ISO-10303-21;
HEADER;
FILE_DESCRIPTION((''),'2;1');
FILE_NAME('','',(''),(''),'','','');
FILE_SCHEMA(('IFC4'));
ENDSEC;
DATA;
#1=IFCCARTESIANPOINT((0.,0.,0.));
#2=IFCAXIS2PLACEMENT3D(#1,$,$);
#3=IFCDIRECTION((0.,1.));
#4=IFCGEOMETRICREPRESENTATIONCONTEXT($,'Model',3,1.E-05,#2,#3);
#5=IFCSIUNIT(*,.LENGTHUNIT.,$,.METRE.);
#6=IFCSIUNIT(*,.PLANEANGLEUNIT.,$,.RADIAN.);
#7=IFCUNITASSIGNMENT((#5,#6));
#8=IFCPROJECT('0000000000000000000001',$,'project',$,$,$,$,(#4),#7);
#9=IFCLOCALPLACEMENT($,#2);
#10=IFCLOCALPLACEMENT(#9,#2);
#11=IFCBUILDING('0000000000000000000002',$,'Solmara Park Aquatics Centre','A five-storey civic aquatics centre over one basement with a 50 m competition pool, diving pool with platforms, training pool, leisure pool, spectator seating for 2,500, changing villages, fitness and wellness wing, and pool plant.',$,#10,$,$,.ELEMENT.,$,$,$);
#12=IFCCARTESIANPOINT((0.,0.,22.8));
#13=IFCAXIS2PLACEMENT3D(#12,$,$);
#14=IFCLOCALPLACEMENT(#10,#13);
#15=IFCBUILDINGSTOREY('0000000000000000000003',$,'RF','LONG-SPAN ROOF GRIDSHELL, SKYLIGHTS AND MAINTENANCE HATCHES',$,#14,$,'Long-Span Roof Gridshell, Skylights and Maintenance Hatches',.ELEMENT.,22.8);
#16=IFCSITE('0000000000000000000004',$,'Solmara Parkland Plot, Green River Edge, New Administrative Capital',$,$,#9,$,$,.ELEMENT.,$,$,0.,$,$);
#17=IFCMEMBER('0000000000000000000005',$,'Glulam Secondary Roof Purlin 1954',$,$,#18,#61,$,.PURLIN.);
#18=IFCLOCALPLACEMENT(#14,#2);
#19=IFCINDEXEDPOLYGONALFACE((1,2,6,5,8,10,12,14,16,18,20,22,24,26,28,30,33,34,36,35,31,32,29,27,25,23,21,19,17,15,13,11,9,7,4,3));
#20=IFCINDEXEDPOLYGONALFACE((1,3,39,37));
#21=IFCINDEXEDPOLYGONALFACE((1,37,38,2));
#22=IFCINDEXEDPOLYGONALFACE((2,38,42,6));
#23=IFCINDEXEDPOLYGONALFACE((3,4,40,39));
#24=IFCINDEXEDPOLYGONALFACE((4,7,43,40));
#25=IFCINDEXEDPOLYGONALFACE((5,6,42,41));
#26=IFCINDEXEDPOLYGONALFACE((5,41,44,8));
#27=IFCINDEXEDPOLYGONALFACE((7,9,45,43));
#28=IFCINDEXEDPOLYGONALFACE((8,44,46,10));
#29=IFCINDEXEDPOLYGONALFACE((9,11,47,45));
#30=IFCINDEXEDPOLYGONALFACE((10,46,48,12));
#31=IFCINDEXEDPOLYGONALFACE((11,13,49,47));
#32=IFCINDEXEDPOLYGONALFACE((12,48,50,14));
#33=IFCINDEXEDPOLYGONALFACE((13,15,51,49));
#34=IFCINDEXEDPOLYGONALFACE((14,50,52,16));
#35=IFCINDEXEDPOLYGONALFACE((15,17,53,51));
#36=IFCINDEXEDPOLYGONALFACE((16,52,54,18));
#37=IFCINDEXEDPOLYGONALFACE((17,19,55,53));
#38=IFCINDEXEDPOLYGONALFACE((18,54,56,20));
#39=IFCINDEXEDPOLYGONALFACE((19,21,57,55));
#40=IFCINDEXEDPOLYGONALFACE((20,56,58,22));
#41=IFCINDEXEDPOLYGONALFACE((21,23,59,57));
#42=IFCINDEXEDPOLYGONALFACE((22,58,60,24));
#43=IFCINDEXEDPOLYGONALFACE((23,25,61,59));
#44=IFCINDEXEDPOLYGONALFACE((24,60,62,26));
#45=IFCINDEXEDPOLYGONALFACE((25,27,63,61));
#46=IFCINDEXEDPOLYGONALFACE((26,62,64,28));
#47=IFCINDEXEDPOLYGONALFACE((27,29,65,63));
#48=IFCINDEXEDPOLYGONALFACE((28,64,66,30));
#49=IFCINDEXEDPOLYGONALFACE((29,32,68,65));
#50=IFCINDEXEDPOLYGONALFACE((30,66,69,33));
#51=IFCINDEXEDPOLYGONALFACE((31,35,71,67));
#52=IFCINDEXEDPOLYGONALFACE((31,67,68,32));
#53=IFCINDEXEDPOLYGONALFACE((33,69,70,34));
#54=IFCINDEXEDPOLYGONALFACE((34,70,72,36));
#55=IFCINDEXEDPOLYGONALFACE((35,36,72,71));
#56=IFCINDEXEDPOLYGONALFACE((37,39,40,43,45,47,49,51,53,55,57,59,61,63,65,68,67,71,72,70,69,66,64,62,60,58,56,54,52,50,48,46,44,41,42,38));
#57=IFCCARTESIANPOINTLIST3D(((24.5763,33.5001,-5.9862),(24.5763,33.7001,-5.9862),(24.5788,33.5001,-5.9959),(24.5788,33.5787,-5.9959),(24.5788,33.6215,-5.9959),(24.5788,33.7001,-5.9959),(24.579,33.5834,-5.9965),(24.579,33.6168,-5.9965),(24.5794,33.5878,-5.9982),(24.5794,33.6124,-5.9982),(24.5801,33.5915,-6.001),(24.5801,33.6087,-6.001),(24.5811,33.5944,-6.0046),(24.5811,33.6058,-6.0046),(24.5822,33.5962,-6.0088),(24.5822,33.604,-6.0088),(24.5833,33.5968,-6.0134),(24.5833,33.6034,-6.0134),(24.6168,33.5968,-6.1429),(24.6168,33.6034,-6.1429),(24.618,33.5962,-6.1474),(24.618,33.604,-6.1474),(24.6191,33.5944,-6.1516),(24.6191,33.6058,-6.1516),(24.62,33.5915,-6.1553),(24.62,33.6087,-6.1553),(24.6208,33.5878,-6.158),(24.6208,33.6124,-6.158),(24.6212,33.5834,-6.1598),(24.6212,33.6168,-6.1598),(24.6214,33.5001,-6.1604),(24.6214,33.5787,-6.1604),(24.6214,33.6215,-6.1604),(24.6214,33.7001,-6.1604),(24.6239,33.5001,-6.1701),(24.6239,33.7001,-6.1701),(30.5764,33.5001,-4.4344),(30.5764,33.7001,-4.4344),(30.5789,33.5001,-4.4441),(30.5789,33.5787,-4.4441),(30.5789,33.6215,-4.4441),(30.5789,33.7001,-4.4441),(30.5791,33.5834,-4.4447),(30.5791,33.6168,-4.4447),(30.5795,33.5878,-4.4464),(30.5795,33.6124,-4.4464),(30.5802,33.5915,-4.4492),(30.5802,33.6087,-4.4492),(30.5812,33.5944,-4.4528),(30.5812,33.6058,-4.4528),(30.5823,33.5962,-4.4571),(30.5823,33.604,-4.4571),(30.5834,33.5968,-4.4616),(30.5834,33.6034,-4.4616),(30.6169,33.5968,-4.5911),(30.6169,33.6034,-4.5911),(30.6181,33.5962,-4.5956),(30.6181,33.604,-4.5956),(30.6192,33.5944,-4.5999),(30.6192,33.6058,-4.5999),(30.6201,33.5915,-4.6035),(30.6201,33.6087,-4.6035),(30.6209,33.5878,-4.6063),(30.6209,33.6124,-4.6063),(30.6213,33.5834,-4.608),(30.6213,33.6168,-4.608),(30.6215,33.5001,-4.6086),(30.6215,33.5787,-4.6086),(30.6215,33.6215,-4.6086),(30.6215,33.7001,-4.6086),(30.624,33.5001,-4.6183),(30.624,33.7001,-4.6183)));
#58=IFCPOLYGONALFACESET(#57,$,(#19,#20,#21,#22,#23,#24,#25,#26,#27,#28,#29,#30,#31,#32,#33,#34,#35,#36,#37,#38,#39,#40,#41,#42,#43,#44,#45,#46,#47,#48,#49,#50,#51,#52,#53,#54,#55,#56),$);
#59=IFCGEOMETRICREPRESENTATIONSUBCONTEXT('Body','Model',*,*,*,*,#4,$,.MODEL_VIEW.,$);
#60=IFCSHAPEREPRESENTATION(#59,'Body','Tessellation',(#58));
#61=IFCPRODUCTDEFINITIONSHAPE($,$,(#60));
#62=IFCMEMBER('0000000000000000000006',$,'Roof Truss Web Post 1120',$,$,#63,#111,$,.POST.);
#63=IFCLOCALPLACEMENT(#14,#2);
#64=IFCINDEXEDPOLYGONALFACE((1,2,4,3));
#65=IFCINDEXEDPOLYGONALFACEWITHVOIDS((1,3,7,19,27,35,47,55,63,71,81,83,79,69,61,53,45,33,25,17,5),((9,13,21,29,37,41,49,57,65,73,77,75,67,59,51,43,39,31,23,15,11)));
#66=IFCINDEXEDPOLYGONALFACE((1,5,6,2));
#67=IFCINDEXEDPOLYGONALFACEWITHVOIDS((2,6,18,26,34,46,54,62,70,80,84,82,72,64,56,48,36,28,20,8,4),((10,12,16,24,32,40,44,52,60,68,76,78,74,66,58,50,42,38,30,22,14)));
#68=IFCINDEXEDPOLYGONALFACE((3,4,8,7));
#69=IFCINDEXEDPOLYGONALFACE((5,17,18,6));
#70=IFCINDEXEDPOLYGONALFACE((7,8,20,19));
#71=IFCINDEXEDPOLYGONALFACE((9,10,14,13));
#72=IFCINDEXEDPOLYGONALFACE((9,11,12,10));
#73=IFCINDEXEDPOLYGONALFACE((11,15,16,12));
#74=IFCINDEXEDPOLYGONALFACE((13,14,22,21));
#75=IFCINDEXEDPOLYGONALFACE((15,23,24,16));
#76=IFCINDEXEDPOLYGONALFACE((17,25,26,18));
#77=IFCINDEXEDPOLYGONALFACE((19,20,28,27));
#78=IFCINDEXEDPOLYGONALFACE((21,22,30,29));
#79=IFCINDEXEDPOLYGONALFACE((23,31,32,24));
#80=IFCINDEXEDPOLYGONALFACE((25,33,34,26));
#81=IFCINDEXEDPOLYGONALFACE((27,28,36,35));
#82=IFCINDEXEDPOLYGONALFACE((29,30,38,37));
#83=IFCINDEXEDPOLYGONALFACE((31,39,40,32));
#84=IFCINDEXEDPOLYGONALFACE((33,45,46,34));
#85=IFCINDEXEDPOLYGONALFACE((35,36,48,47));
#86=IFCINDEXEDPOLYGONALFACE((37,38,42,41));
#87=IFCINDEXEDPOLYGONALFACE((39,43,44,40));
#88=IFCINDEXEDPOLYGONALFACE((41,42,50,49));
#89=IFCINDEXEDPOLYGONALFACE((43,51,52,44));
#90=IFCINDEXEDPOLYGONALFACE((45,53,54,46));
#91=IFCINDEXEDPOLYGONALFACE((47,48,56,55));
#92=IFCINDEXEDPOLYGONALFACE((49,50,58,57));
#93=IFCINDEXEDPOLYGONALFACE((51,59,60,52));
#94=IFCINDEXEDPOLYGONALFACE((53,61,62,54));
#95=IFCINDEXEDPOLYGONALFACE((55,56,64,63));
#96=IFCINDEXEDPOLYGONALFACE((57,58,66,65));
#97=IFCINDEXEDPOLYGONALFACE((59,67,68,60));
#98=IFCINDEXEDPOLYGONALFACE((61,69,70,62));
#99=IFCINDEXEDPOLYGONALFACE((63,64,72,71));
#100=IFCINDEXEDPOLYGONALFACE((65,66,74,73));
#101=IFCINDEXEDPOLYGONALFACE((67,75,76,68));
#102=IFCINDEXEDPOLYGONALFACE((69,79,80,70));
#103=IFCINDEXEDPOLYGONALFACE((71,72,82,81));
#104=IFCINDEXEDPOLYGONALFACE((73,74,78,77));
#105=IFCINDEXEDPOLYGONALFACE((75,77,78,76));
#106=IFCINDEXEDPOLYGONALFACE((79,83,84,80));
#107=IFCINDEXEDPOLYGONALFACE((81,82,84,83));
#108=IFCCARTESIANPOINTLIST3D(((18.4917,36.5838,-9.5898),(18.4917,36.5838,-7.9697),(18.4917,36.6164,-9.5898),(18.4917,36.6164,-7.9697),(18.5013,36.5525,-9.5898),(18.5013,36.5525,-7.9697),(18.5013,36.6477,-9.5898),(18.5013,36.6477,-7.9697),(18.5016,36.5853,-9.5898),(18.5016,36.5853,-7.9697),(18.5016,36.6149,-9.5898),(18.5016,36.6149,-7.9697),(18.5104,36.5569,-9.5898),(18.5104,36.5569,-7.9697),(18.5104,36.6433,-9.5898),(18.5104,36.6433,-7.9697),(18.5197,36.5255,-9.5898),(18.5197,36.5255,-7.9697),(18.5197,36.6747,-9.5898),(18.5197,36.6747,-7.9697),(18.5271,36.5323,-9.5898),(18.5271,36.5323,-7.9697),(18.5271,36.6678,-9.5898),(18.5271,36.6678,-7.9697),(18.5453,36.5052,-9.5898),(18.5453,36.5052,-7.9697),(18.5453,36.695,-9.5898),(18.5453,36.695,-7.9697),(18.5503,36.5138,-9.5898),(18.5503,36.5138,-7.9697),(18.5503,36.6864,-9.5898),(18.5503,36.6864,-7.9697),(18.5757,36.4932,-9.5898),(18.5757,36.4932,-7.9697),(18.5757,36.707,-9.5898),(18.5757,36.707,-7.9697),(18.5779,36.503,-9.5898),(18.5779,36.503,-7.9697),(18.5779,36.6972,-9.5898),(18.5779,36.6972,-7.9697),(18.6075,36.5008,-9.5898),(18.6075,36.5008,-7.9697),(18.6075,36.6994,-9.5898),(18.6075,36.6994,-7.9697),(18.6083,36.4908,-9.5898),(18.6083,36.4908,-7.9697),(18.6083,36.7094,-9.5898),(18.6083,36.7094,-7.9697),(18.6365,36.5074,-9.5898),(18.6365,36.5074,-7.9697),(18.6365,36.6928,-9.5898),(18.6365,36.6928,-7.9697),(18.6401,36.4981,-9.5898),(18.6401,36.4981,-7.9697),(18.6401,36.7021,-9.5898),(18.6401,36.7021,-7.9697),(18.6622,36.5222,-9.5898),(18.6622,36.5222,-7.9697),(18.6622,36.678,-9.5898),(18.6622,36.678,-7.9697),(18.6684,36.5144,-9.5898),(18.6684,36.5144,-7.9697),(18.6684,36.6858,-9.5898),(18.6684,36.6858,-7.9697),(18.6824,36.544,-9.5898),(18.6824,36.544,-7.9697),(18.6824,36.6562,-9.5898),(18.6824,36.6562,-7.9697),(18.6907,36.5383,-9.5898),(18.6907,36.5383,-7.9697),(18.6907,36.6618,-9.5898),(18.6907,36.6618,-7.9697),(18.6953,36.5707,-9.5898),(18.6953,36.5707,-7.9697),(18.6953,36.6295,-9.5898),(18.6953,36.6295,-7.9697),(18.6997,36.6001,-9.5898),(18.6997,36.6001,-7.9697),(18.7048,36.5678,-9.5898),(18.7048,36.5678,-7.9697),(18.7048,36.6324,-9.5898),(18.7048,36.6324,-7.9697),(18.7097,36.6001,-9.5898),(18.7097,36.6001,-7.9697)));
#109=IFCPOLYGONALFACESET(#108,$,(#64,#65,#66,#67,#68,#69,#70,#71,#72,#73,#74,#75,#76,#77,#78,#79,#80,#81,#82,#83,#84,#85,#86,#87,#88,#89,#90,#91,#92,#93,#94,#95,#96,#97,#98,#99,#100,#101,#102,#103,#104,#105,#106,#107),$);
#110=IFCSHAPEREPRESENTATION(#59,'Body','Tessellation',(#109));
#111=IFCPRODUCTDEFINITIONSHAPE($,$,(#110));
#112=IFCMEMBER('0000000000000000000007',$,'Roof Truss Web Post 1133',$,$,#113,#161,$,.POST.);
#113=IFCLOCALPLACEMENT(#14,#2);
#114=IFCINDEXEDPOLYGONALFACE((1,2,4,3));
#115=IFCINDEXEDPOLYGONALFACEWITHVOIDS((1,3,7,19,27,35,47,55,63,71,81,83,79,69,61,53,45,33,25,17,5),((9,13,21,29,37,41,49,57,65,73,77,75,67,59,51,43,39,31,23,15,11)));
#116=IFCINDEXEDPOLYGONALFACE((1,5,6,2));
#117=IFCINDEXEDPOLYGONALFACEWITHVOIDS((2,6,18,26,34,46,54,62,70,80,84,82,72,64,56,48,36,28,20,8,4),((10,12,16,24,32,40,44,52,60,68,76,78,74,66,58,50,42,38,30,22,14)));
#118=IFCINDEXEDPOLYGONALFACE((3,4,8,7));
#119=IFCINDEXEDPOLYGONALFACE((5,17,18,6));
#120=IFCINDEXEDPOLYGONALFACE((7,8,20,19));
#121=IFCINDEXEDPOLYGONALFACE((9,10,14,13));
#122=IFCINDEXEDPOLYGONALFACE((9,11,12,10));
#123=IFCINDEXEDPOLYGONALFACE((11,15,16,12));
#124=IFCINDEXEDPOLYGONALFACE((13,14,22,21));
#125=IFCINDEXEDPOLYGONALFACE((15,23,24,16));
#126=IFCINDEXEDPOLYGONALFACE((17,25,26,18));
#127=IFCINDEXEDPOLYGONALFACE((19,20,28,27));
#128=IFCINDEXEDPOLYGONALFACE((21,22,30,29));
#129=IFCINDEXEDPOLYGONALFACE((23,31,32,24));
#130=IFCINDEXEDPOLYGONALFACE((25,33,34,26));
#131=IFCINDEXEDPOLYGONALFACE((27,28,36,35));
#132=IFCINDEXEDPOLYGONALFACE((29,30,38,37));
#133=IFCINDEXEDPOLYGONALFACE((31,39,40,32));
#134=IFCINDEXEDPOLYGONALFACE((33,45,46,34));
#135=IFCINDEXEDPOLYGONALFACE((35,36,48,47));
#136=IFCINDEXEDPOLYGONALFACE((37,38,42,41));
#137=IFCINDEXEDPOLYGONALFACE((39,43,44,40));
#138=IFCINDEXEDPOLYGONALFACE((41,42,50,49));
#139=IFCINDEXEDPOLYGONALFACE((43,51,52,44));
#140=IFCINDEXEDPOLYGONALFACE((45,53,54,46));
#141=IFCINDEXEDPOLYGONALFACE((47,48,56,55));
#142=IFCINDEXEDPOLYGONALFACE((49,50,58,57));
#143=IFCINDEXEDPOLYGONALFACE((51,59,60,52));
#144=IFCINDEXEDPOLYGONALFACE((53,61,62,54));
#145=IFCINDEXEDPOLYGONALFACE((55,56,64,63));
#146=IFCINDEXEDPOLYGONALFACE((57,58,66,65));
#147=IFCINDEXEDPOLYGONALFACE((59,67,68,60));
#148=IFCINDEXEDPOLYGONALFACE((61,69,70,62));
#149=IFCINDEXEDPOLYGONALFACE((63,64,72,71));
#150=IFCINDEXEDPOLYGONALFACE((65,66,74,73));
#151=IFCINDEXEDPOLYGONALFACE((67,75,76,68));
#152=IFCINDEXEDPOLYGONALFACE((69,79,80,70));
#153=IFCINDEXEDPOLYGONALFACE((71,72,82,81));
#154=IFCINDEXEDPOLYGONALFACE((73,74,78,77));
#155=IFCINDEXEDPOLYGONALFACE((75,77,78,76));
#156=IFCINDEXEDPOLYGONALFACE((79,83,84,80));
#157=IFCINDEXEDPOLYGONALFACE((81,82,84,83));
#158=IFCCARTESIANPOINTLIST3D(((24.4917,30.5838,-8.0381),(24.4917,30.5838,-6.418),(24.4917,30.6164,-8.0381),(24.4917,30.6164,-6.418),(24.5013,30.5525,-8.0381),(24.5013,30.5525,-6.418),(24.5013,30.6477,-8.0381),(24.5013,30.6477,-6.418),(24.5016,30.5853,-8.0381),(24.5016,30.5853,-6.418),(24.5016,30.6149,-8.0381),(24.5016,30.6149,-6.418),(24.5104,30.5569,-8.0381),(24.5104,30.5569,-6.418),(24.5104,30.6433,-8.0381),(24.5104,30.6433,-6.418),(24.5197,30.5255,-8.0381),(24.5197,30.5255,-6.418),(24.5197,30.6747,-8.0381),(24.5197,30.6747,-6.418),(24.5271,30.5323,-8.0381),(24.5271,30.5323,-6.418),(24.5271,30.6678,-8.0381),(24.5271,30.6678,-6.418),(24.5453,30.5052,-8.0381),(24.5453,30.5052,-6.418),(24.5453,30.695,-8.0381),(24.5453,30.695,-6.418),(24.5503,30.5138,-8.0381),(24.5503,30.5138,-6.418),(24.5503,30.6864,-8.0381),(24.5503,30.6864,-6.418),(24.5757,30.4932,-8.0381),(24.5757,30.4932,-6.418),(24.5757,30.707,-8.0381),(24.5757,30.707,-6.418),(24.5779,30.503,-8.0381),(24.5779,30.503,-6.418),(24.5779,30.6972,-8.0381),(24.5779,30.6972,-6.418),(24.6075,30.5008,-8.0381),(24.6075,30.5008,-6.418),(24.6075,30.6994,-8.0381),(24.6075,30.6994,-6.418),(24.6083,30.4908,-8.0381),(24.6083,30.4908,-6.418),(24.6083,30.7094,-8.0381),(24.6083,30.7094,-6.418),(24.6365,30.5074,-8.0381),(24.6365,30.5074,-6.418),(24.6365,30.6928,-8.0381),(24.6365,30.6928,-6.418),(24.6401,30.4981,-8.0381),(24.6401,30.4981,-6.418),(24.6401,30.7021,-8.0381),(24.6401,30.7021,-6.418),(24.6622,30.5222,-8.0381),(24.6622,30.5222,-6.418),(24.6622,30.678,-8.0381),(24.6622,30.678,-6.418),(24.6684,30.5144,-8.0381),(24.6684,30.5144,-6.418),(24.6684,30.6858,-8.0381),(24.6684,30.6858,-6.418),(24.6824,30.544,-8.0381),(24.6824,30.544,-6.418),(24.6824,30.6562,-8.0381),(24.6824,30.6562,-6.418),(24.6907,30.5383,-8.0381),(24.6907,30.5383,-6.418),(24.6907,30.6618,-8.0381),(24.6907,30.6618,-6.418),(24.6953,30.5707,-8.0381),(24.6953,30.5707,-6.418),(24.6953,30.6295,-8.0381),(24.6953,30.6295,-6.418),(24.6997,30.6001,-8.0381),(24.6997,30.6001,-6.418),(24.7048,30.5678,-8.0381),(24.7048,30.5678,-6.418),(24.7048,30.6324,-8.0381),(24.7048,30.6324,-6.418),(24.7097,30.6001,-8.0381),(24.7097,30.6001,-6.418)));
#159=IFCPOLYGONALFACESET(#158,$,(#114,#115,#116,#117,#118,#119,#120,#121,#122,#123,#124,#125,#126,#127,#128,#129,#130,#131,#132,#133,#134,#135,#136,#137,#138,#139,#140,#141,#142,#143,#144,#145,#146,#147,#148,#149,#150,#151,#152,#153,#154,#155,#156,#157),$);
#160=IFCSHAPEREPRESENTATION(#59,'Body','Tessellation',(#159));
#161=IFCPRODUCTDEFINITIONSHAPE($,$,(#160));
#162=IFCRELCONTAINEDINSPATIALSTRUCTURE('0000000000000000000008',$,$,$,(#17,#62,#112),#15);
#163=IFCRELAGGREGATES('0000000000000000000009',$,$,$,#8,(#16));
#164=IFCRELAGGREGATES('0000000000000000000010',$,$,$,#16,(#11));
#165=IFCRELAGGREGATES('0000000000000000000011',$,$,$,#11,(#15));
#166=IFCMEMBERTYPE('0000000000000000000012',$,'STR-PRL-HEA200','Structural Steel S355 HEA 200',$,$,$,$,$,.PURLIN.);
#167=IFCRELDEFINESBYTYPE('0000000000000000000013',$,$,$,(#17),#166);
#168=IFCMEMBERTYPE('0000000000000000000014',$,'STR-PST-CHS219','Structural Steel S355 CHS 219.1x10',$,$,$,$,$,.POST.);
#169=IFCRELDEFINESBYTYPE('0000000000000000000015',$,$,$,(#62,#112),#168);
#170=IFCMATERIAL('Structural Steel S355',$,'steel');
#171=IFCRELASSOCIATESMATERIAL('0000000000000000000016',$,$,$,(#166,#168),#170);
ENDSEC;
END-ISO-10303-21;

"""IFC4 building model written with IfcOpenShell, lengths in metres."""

from ifc_helpers import new_model, si_unit, direction, frame, origin, origin_2d, place, context, subcontext, project, spatial, hollow_circle, i_section, extrude, material, material_profile, profile_set, type_object, element, save


model = new_model("IFC4")

# Units and contexts
model_context = context("Model", 3, precision=1e-05, world=origin(), true_north=direction((0.0, 1.0)))
body_context = subcontext(model_context, "Body", "Model", "MODEL_VIEW")
ifc_project = project(units=[si_unit("LENGTHUNIT", "METRE"), si_unit("PLANEANGLEUNIT", "RADIAN")], contexts=[model_context])

# Site, building, storey
site_placement = place(None, origin())
site = spatial("IfcSite", under=ifc_project, at=site_placement, Name="Solmara Parkland Plot, Green River Edge, New Administrative Capital", CompositionType="ELEMENT", RefElevation=0.0)
building_placement = place(site_placement, origin())
building = spatial("IfcBuilding", under=site, at=building_placement, Name="Solmara Park Aquatics Centre", Description="A five-storey civic aquatics centre over one basement with a 50 m competition pool, diving pool with platforms, training pool, leisure pool, spectator seating for 2,500, changing villages, fitness and wellness wing, and pool plant.", CompositionType="ELEMENT")
storey_placement = place(building_placement, frame((0.0, 0.0, 22.8)))
storey = spatial("IfcBuildingStorey", under=building, at=storey_placement, Name="RF", Description="LONG-SPAN ROOF GRIDSHELL, SKYLIGHTS AND MAINTENANCE HATCHES", LongName="Long-Span Roof Gridshell, Skylights and Maintenance Hatches", CompositionType="ELEMENT", Elevation=22.8)

# Members
ifc_material_1 = material(Name="Structural Steel S355", Category="steel")
ifc_material_profile_1 = material_profile(ifc_material_1, i_section(OverallWidth=0.2, OverallDepth=0.1899, WebThickness=0.0066, FlangeThickness=0.01, FilletRadius=0.0181, at=origin_2d()), Name="HEA 200")
ifc_profile_set_1 = profile_set([ifc_material_profile_1], Name="Structural Steel S355")
member_type_1 = type_object("IfcMemberType", Name="STR-PRL-HEA200", Description="Structural Steel S355 HEA 200", PredefinedType="PURLIN", material=ifc_profile_set_1)
member_1_placement = place(storey_placement, frame((24.6001, 33.6001, -6.0781), z_axis=(0.968146, 0.0, 0.250388), x_axis=(0.0, 1.0, 0.0)))
element("IfcMember", 1, at=member_1_placement, inside=storey, type_object=member_type_1, Name="Glulam Secondary Roof Purlin 1954", PredefinedType="PURLIN", context=body_context, shape_type="SweptSolid", body=[
    extrude(i_section(OverallWidth=0.2, OverallDepth=0.1899, WebThickness=0.0066, FlangeThickness=0.01, FilletRadius=0.0181, at=origin_2d()), origin(), (0.0, 0.0, 1.0), 6.1975),
])
ifc_material_profile_2 = material_profile(ifc_material_1, hollow_circle(Radius=0.1096, WallThickness=0.01, at=origin_2d()), Name="CHS 219.1x10")
ifc_profile_set_2 = profile_set([ifc_material_profile_2], Name="Structural Steel S355")
member_type_2 = type_object("IfcMemberType", Name="STR-PST-CHS219", Description="Structural Steel S355 CHS 219.1x10", PredefinedType="POST", material=ifc_profile_set_2)
for number, where, z_axis, x_axis, name in (
    (2, (18.6001, 36.6001, -9.5898), (0.0, 0.0, 1.0), (1.0, 0.0, 0.0), "Roof Truss Web Post 1120"),
    (3, (24.6001, 30.6001, -8.0381), (0.0, 0.0, 1.0), (1.0, 0.0, 0.0), "Roof Truss Web Post 1133"),
):
    element("IfcMember", number, at=place(storey_placement, frame(where, z_axis=z_axis, x_axis=x_axis)), inside=storey, type_object=member_type_2, Name=name, PredefinedType="POST", context=body_context, shape_type="SweptSolid", body=[
        extrude(hollow_circle(Radius=0.1096, WallThickness=0.01, at=origin_2d()), origin(), (0.0, 0.0, 1.0), 1.6201),
    ])

save(model, "model.ifc")
